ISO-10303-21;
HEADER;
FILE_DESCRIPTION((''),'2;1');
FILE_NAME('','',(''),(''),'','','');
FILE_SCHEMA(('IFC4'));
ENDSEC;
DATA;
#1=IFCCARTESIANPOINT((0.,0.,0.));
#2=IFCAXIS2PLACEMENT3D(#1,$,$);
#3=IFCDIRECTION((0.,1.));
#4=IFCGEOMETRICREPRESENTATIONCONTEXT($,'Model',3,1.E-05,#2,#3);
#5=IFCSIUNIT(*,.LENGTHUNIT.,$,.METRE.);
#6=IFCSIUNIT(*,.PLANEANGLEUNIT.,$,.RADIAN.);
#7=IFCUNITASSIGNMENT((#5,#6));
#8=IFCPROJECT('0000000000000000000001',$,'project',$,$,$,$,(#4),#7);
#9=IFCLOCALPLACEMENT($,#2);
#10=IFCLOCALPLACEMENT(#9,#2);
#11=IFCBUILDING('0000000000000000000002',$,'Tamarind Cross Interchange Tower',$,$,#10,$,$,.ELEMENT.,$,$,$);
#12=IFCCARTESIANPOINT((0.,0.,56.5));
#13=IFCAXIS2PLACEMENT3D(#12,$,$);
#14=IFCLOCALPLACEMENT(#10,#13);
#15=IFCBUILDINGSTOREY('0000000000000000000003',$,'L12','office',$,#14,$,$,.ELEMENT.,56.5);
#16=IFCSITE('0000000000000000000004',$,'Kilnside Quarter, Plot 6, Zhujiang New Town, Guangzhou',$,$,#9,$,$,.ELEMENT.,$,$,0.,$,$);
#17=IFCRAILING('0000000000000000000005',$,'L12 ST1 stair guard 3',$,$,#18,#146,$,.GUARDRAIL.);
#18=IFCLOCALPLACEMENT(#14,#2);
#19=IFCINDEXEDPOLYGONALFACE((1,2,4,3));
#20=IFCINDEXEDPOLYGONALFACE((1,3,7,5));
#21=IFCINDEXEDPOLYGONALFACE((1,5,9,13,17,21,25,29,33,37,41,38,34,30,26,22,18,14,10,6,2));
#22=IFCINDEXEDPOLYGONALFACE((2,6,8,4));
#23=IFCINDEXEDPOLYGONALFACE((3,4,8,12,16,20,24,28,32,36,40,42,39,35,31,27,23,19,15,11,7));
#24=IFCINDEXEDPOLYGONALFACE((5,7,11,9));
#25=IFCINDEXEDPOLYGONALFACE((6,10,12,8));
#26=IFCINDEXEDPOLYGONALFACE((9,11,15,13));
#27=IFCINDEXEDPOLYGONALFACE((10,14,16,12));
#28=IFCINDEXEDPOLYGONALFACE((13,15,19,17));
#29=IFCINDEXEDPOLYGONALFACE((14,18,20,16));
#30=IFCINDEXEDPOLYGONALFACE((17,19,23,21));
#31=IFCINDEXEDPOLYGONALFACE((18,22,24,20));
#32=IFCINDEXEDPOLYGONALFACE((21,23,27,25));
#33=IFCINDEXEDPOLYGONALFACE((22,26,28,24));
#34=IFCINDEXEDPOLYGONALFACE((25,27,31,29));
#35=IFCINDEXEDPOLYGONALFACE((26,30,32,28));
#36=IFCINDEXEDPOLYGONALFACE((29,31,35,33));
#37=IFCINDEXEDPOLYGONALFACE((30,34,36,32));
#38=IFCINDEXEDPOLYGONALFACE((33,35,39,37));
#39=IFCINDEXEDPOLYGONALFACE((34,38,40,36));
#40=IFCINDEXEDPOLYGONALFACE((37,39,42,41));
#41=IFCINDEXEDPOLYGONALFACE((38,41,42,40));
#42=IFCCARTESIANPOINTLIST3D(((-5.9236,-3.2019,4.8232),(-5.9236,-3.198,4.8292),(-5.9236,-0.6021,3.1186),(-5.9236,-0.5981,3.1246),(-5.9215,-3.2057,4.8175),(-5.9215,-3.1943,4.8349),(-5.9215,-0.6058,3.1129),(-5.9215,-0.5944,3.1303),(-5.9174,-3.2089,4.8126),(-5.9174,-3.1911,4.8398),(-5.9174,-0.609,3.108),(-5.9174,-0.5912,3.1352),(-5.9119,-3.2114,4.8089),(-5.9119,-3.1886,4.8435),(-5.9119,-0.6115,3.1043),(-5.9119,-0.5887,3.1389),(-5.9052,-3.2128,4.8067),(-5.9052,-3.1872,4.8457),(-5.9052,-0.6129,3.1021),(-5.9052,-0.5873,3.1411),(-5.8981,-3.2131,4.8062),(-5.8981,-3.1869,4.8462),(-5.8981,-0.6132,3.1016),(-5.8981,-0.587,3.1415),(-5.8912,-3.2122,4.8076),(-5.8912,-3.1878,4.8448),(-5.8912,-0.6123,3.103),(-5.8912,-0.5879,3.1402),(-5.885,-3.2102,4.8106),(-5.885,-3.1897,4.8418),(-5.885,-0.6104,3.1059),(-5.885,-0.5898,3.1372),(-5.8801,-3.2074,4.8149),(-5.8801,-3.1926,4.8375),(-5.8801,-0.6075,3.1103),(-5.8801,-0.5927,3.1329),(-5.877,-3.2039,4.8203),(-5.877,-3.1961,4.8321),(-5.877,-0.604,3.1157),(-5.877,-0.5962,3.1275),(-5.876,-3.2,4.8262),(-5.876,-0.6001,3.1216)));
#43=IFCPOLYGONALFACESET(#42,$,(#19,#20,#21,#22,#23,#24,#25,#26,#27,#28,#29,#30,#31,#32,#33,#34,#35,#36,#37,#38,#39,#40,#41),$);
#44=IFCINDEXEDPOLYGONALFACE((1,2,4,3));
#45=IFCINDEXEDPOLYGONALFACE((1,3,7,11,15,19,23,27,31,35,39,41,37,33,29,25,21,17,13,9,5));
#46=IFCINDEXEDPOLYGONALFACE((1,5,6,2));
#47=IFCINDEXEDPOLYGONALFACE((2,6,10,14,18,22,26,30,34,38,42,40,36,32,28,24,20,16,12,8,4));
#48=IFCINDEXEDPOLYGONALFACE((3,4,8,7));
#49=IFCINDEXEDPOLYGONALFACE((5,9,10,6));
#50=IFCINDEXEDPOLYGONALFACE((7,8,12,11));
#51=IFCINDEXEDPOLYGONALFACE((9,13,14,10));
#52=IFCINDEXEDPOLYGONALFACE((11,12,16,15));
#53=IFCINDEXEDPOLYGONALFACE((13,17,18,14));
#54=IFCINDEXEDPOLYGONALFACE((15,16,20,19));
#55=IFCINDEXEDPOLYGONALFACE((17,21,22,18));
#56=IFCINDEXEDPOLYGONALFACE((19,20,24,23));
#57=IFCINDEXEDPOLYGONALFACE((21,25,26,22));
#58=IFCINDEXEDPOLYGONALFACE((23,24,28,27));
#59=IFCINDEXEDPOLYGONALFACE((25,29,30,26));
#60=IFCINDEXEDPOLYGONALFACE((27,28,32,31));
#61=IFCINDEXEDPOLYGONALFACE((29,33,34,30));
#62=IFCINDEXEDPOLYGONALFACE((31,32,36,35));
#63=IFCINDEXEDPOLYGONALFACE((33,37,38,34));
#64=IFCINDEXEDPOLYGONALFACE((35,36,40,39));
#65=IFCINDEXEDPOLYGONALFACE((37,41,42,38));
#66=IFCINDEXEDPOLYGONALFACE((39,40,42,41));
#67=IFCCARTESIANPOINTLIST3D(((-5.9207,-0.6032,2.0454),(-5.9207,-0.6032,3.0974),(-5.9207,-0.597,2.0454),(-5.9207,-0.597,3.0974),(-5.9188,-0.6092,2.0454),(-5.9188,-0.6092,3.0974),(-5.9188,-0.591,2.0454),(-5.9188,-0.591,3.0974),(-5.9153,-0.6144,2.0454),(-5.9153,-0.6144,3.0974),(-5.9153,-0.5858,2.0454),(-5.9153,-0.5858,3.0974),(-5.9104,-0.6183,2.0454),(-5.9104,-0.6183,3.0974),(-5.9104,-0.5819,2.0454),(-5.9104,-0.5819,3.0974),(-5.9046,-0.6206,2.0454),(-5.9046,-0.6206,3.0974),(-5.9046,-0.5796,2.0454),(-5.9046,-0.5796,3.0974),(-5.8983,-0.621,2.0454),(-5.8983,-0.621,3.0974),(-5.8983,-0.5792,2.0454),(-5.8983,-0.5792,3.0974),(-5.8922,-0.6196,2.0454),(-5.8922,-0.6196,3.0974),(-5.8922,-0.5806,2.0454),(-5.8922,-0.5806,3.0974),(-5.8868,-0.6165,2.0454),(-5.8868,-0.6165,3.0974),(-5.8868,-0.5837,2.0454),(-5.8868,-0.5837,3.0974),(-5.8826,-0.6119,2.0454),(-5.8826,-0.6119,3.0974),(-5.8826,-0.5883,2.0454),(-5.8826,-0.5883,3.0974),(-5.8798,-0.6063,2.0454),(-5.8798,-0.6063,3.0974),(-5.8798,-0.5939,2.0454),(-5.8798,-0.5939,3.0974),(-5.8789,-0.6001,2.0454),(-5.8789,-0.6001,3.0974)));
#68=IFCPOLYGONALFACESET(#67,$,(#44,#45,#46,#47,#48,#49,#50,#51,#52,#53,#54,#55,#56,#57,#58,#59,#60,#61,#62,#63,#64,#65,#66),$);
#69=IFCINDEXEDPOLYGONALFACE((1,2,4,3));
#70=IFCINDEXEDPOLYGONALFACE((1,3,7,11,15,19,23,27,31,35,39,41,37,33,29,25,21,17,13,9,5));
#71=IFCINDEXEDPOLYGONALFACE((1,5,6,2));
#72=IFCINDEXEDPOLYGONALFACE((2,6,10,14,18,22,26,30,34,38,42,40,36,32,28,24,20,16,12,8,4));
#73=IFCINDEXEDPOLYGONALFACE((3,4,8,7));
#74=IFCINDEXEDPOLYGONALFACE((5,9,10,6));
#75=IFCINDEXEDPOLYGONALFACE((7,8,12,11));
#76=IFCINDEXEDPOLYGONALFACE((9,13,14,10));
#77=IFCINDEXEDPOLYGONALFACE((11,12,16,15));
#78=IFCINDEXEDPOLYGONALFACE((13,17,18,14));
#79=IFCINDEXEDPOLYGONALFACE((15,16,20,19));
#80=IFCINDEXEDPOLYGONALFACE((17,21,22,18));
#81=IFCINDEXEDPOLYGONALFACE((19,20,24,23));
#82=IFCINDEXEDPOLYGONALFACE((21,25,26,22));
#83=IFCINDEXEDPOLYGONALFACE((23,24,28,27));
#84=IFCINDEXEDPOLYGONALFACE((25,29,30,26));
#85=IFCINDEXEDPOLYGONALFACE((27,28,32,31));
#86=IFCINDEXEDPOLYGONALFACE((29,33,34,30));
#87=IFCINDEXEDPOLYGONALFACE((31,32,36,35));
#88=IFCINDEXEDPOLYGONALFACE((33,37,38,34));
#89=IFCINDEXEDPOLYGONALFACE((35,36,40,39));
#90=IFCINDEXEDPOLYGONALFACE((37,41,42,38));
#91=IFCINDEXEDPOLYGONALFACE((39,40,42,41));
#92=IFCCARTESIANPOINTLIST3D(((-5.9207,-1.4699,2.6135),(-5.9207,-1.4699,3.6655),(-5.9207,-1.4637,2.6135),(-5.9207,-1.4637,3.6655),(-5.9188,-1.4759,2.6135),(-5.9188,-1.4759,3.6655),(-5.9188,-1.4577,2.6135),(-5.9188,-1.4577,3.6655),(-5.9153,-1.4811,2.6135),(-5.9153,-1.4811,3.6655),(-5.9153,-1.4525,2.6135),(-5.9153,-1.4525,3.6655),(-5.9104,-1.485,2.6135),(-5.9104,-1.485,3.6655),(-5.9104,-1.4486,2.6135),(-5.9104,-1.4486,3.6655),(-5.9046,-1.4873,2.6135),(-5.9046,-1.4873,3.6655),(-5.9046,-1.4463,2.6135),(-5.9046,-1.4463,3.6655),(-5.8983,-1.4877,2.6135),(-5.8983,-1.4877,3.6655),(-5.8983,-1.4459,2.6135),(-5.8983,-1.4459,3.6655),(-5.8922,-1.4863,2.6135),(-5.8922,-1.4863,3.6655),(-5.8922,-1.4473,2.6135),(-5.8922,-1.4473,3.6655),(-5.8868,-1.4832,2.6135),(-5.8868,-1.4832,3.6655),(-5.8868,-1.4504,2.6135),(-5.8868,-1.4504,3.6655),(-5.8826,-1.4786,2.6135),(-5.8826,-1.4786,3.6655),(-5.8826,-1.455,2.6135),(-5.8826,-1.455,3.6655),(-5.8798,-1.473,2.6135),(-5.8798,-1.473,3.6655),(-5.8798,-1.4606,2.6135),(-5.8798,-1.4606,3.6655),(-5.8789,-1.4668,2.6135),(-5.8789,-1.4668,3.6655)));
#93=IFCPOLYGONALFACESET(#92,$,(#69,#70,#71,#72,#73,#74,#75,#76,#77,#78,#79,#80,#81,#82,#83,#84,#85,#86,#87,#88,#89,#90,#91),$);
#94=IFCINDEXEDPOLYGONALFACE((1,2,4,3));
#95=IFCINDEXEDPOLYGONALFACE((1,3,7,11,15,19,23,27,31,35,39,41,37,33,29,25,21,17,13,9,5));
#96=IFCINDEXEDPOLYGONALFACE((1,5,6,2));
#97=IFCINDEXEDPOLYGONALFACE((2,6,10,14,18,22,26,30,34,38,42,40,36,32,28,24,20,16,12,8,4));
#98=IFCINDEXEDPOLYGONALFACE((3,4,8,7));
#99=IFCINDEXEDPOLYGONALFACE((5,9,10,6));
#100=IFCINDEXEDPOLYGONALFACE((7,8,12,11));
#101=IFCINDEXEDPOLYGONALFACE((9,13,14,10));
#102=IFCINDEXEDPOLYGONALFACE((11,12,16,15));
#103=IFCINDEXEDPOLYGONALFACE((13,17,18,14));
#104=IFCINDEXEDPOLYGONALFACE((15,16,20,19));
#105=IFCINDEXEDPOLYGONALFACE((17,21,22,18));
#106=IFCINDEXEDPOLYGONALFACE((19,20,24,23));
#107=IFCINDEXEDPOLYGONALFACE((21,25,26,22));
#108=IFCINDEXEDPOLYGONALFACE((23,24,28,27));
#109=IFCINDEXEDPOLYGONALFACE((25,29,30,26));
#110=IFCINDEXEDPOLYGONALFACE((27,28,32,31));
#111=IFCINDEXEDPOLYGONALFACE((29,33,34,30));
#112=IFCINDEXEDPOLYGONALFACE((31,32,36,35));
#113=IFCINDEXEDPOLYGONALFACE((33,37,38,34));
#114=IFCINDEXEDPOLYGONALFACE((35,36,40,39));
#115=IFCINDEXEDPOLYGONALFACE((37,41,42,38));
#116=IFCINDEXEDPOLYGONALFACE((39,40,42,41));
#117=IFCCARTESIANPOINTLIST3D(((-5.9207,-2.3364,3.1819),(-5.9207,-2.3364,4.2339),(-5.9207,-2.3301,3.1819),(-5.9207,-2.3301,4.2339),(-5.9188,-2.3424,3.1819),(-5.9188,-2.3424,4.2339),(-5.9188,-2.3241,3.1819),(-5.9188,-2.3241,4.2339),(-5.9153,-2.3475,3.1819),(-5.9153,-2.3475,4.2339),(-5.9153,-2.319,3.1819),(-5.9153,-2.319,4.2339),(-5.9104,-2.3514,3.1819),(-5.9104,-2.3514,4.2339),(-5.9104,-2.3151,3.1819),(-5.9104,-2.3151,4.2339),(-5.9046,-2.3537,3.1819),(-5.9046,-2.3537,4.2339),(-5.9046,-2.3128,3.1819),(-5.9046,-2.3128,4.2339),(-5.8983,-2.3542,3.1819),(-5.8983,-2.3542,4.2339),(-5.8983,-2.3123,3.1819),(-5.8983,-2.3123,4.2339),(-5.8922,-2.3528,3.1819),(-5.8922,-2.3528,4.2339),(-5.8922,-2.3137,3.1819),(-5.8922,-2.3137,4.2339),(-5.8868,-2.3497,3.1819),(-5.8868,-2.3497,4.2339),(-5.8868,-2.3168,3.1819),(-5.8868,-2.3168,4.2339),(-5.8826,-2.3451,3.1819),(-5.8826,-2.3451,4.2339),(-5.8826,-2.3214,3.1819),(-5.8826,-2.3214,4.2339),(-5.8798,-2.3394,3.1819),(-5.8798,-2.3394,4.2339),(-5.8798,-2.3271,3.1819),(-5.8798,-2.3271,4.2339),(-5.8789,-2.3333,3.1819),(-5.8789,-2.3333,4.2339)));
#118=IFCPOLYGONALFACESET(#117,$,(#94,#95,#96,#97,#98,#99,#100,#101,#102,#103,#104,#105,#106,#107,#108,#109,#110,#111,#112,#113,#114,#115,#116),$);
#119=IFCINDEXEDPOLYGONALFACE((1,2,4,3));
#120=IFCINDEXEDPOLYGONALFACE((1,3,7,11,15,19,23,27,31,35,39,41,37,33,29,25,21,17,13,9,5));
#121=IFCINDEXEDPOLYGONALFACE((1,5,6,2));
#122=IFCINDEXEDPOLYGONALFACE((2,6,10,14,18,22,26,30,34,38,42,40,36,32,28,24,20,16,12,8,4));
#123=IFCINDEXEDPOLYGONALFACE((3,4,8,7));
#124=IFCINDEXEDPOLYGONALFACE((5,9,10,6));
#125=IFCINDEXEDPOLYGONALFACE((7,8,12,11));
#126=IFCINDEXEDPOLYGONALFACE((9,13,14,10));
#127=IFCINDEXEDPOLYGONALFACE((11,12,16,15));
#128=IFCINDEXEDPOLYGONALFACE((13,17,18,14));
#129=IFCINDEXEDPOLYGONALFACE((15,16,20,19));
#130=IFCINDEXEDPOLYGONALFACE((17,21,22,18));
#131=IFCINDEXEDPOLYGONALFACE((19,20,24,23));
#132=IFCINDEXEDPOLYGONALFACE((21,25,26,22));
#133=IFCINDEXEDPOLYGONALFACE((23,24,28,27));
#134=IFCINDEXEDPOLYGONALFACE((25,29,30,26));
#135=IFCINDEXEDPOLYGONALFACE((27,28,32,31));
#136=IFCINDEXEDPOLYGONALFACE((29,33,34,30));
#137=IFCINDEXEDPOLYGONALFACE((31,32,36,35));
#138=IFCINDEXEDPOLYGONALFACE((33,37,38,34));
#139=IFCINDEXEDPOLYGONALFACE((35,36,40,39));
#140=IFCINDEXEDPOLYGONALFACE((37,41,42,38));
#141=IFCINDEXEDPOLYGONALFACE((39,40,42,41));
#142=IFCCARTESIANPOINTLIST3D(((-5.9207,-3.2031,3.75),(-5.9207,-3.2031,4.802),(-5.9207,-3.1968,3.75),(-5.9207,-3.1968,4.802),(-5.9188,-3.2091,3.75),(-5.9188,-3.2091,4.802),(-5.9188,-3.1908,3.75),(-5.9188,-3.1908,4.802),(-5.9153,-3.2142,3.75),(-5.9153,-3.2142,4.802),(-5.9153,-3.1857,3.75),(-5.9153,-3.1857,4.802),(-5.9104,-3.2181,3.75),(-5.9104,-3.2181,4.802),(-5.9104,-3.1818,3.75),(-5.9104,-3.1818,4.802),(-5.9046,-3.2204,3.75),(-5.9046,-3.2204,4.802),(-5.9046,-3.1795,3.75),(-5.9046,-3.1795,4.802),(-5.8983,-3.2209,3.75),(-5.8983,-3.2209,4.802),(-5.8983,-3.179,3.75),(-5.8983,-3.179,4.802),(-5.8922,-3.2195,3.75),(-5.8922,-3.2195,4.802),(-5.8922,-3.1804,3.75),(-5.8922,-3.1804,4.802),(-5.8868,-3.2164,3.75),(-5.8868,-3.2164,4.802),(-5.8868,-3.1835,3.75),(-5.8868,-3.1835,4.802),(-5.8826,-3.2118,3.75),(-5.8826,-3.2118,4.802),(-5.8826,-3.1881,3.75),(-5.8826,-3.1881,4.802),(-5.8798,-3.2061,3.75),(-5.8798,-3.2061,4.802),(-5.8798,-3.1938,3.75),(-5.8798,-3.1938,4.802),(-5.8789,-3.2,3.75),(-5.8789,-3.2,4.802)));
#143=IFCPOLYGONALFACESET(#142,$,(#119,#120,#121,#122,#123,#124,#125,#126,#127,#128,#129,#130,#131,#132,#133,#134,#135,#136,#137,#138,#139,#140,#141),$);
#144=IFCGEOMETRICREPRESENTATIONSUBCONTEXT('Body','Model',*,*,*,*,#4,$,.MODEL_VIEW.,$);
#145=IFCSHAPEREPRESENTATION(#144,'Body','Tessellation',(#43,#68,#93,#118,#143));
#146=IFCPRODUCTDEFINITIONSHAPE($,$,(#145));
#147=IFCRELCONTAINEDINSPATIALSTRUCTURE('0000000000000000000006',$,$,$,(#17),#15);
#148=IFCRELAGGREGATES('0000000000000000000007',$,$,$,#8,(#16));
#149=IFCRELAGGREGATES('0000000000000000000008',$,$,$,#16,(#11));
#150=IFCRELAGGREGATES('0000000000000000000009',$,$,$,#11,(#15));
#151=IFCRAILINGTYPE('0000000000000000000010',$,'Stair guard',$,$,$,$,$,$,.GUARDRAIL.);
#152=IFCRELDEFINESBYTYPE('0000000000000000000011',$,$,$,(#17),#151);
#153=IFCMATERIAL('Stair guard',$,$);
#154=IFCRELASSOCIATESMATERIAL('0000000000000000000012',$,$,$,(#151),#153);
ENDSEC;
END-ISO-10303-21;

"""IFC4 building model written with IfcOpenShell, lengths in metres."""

from ifc_helpers import new_model, si_unit, direction, frame, origin, origin_2d, place, context, subcontext, project, spatial, circle, extrude, material, type_object, element, save


model = new_model("IFC4")

# Units and contexts
model_context = context("Model", 3, precision=1e-05, world=origin(), true_north=direction((0.0, 1.0)))
body_context = subcontext(model_context, "Body", "Model", "MODEL_VIEW")
ifc_project = project(units=[si_unit("LENGTHUNIT", "METRE"), si_unit("PLANEANGLEUNIT", "RADIAN")], contexts=[model_context])

# Site, building, storey
site_placement = place(None, origin())
site = spatial("IfcSite", under=ifc_project, at=site_placement, Name="Kilnside Quarter, Plot 6, Zhujiang New Town, Guangzhou", CompositionType="ELEMENT", RefElevation=0.0)
building_placement = place(site_placement, origin())
building = spatial("IfcBuilding", under=site, at=building_placement, Name="Tamarind Cross Interchange Tower", CompositionType="ELEMENT")
storey_placement = place(building_placement, frame((0.0, 0.0, 56.5)))
storey = spatial("IfcBuildingStorey", under=building, at=storey_placement, Name="L12", Description="office", CompositionType="ELEMENT", Elevation=56.5)

# Railing
ifc_material_1 = material(Name="Stair guard")
railing_type_1 = type_object("IfcRailingType", Name="Stair guard", PredefinedType="GUARDRAIL", material=ifc_material_1)
railing_1_placement = place(storey_placement, frame((-5.8999, -0.6001, 2.0454)))
element("IfcRailing", 1, at=railing_1_placement, inside=storey, type_object=railing_type_1, Name="L12 ST1 stair guard 3", PredefinedType="GUARDRAIL", context=body_context, shape_type="SweptSolid", body=[
    extrude(circle(Radius=0.0239, at=origin_2d()), frame((0.0, 0.0, 1.0762), z_axis=(0.0, -0.836279, 0.548305), x_axis=(1.0, 0.0, 0.0)), (0.0, 0.0, 1.0), 3.1089),
    extrude(circle(Radius=0.021, at=origin_2d()), origin(), (0.0, 0.0, 1.0), 1.052),
    extrude(circle(Radius=0.021, at=origin_2d()), frame((0.0, -0.8667, 0.5681)), (0.0, 0.0, 1.0), 1.052),
    extrude(circle(Radius=0.021, at=origin_2d()), frame((0.0, -1.7332, 1.1365)), (0.0, 0.0, 1.0), 1.052),
    extrude(circle(Radius=0.021, at=origin_2d()), frame((0.0, -2.5999, 1.7046)), (0.0, 0.0, 1.0), 1.052),
])

save(model, "model.ifc")
